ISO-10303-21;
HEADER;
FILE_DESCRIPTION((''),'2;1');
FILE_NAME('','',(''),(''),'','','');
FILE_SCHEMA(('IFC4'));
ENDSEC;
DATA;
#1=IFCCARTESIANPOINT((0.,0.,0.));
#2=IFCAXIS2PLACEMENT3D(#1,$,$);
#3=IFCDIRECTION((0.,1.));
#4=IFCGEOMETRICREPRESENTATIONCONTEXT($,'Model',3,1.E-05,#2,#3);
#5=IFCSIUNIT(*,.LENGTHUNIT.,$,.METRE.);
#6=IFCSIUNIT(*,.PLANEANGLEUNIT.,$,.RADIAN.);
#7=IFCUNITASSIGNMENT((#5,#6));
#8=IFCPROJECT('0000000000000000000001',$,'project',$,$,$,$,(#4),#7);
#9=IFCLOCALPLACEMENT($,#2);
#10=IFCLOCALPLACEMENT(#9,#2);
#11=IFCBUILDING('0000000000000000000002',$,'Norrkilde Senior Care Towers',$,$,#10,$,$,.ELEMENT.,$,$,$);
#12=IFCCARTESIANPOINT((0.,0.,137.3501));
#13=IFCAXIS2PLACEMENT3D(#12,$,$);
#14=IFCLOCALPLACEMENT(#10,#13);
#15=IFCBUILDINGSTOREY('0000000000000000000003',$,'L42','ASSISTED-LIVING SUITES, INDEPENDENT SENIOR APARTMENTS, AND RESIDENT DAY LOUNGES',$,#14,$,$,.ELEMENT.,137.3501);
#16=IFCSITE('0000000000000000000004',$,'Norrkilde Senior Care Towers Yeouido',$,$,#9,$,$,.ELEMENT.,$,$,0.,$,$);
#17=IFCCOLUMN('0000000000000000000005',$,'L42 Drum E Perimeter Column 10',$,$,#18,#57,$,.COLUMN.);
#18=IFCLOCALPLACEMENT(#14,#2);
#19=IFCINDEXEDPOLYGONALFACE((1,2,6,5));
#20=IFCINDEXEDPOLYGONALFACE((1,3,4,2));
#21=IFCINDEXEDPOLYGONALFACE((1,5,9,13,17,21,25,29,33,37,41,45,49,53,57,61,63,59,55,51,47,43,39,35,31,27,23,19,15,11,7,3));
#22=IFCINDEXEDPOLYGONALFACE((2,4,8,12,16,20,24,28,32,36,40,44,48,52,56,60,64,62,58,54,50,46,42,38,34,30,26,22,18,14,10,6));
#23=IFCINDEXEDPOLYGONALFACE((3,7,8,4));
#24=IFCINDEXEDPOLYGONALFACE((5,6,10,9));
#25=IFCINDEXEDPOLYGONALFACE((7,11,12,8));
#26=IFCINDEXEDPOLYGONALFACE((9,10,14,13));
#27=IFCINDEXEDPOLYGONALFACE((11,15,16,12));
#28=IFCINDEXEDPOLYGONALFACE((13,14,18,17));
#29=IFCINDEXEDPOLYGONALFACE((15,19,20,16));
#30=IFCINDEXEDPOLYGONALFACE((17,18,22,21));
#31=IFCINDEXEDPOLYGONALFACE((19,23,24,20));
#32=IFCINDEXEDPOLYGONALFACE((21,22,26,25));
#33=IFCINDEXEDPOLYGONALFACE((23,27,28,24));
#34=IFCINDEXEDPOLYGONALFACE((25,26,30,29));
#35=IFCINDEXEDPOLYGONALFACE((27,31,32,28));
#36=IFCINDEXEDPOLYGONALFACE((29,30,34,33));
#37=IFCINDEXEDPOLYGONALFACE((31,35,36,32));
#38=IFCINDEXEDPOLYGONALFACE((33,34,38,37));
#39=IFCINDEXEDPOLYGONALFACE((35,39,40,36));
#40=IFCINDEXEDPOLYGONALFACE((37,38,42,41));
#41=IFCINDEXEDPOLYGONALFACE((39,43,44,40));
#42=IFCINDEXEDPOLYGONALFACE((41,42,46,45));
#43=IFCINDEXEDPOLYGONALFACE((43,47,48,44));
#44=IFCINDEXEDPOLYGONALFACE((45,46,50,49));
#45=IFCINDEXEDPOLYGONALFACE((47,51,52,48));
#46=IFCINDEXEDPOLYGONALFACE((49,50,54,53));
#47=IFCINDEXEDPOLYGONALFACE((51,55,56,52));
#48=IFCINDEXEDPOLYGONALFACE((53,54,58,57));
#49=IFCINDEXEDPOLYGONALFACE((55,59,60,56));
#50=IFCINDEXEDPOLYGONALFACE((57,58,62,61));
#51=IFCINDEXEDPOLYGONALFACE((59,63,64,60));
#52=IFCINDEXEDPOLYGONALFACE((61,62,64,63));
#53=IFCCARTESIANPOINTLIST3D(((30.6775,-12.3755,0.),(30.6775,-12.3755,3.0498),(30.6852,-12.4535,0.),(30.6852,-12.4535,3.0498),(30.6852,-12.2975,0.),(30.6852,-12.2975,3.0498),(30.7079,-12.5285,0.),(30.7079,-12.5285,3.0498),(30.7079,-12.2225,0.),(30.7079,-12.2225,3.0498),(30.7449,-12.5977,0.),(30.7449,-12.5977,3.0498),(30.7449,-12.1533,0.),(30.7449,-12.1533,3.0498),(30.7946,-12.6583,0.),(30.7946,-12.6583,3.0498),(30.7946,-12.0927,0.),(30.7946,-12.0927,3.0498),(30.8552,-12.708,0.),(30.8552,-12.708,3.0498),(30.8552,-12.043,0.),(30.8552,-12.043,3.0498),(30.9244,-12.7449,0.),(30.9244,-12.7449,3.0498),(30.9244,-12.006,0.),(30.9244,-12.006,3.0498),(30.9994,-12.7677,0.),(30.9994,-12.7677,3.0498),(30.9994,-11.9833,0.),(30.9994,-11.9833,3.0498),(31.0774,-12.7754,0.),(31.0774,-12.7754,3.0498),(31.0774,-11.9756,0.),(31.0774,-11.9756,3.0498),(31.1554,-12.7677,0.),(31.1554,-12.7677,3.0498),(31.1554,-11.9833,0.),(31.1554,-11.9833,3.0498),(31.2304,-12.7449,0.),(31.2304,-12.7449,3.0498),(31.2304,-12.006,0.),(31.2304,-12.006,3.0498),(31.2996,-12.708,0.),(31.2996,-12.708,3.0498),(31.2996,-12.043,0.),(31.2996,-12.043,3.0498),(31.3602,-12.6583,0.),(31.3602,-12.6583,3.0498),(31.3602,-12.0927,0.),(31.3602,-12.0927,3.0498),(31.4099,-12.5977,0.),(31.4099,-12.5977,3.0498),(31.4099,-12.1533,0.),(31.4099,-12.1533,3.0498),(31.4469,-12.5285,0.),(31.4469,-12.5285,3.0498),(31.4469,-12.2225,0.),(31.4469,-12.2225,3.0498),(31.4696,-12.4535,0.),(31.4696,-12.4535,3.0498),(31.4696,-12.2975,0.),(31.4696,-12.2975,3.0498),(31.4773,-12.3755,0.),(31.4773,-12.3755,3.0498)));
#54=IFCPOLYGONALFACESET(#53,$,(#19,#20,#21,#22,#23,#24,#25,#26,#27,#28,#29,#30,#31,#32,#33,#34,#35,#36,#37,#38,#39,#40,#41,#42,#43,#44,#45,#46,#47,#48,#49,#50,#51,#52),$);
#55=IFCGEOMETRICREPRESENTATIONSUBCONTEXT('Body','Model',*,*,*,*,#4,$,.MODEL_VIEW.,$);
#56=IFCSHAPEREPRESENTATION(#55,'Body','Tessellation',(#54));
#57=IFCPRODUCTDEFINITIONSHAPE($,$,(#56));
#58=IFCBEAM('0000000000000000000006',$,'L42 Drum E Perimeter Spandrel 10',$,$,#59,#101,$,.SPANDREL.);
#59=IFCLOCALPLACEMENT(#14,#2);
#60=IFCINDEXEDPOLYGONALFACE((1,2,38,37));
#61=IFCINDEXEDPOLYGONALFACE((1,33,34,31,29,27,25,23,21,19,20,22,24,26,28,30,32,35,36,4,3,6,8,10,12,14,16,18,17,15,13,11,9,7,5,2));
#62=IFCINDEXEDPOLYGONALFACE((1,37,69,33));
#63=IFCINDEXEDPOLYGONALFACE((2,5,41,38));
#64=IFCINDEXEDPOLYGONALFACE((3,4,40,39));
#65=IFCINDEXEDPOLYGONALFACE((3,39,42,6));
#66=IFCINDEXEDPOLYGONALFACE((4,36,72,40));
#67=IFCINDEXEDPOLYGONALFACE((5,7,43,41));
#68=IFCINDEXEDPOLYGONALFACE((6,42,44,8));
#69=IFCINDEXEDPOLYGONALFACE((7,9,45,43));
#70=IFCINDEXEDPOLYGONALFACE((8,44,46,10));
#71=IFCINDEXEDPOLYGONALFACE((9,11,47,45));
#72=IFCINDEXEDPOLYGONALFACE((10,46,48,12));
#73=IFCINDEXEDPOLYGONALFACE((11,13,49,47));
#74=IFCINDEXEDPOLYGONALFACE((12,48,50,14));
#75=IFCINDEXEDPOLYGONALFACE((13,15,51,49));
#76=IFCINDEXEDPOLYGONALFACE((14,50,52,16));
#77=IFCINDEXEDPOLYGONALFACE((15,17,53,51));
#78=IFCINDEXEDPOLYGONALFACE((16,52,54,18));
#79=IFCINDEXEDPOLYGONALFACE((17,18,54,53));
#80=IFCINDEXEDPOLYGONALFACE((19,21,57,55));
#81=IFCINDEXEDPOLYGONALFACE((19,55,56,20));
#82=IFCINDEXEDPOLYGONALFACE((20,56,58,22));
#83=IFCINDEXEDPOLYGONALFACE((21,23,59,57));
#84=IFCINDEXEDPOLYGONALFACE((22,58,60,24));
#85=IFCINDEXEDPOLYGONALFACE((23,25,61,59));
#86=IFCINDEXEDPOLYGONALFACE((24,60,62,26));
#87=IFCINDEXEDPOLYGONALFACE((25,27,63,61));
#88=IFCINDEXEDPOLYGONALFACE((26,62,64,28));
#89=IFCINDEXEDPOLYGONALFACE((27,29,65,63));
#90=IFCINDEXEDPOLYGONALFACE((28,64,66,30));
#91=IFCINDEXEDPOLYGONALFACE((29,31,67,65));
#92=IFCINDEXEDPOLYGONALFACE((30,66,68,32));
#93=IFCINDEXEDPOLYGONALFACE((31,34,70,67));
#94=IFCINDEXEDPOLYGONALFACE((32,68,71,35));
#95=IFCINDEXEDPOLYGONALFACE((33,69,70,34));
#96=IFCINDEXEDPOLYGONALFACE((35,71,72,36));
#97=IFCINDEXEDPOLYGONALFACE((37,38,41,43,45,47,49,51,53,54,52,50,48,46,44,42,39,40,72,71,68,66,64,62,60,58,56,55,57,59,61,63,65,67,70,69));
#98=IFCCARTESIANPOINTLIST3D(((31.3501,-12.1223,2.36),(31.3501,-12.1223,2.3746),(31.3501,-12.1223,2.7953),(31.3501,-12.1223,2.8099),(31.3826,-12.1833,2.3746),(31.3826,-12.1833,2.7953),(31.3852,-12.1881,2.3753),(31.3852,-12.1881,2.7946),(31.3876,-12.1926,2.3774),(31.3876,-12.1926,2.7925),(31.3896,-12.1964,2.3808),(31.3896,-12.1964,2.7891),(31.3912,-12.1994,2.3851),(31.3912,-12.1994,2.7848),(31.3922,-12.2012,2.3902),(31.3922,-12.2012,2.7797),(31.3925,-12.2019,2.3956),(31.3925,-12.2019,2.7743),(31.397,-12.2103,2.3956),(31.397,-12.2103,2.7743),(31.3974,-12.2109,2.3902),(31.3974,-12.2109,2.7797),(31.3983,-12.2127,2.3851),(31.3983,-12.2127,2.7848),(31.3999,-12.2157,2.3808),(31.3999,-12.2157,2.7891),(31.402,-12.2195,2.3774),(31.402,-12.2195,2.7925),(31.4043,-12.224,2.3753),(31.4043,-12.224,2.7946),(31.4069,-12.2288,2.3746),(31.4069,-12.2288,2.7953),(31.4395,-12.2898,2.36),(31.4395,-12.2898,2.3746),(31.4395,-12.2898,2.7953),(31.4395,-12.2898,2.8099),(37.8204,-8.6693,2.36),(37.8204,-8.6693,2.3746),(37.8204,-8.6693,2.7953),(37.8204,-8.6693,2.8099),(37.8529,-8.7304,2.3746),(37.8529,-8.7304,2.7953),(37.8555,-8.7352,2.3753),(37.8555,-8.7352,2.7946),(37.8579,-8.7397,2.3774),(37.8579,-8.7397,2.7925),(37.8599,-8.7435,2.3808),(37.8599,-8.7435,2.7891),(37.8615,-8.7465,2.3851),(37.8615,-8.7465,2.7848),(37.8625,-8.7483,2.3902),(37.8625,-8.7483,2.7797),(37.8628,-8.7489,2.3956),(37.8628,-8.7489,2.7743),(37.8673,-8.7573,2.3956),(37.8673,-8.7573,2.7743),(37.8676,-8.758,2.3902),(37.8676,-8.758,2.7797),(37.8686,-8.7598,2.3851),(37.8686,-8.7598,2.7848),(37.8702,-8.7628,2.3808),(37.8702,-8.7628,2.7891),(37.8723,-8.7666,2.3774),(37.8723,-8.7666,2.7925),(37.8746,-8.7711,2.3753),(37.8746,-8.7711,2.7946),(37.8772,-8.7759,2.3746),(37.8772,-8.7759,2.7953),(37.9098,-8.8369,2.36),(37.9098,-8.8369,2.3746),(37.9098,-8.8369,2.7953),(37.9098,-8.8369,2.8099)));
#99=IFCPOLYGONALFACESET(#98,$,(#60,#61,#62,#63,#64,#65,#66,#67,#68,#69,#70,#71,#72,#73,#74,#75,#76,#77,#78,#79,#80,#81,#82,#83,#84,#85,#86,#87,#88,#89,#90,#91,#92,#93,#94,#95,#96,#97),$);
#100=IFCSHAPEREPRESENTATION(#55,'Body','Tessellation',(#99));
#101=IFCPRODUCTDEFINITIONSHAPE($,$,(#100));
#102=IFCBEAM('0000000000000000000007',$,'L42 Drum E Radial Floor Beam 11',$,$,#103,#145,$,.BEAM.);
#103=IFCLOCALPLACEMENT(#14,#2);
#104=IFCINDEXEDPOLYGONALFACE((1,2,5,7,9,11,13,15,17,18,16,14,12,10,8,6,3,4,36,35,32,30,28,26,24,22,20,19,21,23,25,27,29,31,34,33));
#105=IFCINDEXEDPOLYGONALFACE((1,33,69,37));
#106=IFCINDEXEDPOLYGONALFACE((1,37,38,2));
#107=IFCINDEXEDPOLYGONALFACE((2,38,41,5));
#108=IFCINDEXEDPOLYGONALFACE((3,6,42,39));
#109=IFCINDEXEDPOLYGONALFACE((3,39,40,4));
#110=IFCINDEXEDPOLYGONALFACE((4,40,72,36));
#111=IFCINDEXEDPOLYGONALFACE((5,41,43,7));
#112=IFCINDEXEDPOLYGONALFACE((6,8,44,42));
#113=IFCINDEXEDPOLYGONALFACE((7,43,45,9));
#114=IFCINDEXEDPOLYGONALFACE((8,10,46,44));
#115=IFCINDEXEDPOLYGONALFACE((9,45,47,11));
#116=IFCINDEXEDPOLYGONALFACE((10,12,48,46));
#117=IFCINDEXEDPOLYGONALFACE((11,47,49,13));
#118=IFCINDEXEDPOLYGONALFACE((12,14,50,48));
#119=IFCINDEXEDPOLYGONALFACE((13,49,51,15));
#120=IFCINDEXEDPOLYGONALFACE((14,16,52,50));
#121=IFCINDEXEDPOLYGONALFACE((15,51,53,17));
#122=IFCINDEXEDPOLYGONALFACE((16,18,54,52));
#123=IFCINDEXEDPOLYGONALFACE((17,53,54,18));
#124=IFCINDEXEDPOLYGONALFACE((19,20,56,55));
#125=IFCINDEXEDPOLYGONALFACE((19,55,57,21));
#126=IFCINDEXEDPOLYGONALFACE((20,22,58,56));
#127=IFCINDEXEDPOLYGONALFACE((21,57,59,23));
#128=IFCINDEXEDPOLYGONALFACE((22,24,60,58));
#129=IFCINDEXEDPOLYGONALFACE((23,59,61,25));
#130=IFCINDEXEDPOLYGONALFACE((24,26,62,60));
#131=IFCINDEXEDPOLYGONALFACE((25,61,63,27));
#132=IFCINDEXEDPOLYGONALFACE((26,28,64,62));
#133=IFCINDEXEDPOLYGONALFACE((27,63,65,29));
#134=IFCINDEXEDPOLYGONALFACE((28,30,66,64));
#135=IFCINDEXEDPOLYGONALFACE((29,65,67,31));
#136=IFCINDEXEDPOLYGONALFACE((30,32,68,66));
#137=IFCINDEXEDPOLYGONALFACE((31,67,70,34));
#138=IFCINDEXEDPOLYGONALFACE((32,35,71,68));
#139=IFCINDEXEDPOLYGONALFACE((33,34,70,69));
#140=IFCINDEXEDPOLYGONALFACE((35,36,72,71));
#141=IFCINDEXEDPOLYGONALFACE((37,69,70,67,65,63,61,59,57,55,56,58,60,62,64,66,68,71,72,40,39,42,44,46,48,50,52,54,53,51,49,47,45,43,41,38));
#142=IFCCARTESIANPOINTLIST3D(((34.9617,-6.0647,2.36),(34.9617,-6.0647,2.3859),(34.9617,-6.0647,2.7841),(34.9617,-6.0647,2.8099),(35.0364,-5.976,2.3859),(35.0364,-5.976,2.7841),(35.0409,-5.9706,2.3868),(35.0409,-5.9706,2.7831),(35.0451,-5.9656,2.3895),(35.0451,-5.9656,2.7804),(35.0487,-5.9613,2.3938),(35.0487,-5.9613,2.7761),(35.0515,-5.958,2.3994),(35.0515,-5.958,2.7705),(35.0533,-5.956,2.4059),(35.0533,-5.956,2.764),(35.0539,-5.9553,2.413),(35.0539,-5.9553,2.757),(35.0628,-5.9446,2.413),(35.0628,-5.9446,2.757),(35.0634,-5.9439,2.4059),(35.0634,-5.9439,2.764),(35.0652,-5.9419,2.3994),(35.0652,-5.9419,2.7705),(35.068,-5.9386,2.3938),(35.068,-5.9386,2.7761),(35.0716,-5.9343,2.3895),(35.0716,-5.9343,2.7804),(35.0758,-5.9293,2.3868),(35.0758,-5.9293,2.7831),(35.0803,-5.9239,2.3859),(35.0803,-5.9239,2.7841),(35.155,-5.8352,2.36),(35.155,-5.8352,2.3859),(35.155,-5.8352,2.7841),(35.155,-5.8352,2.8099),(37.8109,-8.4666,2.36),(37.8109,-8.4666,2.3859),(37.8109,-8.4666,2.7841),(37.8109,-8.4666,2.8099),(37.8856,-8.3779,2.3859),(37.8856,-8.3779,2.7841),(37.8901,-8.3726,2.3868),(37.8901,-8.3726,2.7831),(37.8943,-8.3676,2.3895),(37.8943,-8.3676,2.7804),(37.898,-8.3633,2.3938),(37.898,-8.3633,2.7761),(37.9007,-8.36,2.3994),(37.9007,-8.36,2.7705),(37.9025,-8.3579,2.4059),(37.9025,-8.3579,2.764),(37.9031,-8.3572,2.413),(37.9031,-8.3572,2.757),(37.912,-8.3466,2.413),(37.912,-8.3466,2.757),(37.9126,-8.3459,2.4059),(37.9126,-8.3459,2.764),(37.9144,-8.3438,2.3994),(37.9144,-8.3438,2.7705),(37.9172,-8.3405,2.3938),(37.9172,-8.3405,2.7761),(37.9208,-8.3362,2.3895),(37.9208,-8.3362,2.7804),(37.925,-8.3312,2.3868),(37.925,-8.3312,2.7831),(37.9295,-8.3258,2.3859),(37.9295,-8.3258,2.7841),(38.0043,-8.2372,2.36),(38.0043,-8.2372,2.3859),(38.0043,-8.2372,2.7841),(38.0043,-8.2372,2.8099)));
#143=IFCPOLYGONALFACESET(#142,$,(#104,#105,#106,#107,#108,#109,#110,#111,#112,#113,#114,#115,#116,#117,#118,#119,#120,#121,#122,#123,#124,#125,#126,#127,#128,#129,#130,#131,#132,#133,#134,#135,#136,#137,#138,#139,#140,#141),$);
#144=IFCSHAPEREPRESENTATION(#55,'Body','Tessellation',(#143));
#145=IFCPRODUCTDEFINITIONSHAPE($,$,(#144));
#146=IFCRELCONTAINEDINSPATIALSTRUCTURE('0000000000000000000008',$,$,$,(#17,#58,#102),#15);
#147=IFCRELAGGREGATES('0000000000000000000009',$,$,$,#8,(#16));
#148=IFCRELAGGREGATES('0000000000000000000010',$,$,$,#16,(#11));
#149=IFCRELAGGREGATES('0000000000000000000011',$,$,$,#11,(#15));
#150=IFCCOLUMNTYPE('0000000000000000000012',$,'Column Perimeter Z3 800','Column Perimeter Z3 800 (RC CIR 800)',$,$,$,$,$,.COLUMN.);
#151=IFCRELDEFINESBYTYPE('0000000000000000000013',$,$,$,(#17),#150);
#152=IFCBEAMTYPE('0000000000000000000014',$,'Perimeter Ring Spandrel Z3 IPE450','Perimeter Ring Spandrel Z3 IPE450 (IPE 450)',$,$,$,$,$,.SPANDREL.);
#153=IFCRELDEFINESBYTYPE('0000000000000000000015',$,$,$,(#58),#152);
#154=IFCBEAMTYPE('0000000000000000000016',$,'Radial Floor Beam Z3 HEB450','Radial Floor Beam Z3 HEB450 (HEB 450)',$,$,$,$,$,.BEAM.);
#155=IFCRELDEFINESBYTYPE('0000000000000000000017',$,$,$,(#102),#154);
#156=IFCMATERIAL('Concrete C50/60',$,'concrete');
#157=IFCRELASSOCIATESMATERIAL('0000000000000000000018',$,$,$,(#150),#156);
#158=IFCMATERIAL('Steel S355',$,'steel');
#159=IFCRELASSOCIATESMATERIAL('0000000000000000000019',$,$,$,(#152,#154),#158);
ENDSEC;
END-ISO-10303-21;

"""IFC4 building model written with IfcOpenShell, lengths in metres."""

from ifc_helpers import new_model, si_unit, direction, frame, origin, origin_2d, place, context, subcontext, project, spatial, circle, i_section, extrude, source, transform, mapped, material, material_profile, profile_set, type_object, type_shapes, element, save


model = new_model("IFC4")

# Units and contexts
model_context = context("Model", 3, precision=1e-05, world=origin(), true_north=direction((0.0, 1.0)))
body_context = subcontext(model_context, "Body", "Model", "MODEL_VIEW")
ifc_project = project(units=[si_unit("LENGTHUNIT", "METRE"), si_unit("PLANEANGLEUNIT", "RADIAN")], contexts=[model_context])

# Site, building, storey
site_placement = place(None, origin())
site = spatial("IfcSite", under=ifc_project, at=site_placement, Name="Norrkilde Senior Care Towers Yeouido", CompositionType="ELEMENT", RefElevation=0.0)
building_placement = place(site_placement, origin())
building = spatial("IfcBuilding", under=site, at=building_placement, Name="Norrkilde Senior Care Towers", CompositionType="ELEMENT")
storey_placement = place(building_placement, frame((0.0, 0.0, 137.3501)))
storey = spatial("IfcBuildingStorey", under=building, at=storey_placement, Name="L42", Description="ASSISTED-LIVING SUITES, INDEPENDENT SENIOR APARTMENTS, AND RESIDENT DAY LOUNGES", CompositionType="ELEMENT", Elevation=137.3501)

# Column
ifc_material_1 = material(Name="Concrete C50/60", Category="concrete")
ifc_material_profile_1 = material_profile(ifc_material_1, circle(Radius=0.3999, at=origin_2d()), Name="RC CIR 800")
ifc_profile_set_1 = profile_set([ifc_material_profile_1], Name="Concrete C50/60")
column_type = type_object("IfcColumnType", Name="Column Perimeter Z3 800", Description="Column Perimeter Z3 800 (RC CIR 800)", PredefinedType="COLUMN", material=ifc_profile_set_1)
shared_shape_1 = source(origin(), body_context, "Body", "SweptSolid", [
    extrude(circle(Radius=0.3999, at=origin_2d()), origin(), (0.0, 0.0, 1.0), 3.0498),
])
type_shapes(column_type, [shared_shape_1])
column_placement = place(storey_placement, frame((31.0774, -12.3755, 0.0), z_axis=(0.0, 0.0, 1.0), x_axis=(1.0, 0.0, 0.0)))
element("IfcColumn", 1, at=column_placement, inside=storey, type_object=column_type, Name="L42 Drum E Perimeter Column 10", PredefinedType="COLUMN", context=body_context, shape_type="MappedRepresentation", body=[
    mapped(shared_shape_1, transform((0.0, 0.0, 0.0), x_axis=(1.0, 0.0, 0.0), y_axis=(0.0, 1.0, 0.0), z_axis=(0.0, 0.0, 1.0), scale=1.0)),
])

# Beams
ifc_material_2 = material(Name="Steel S355", Category="steel")
ifc_material_profile_2 = material_profile(ifc_material_2, i_section(OverallWidth=0.1899, OverallDepth=0.45, WebThickness=0.0095, FlangeThickness=0.0146, FilletRadius=0.021, at=origin_2d()), Name="IPE 450")
ifc_profile_set_2 = profile_set([ifc_material_profile_2], Name="Steel S355")
beam_type_1 = type_object("IfcBeamType", Name="Perimeter Ring Spandrel Z3 IPE450", Description="Perimeter Ring Spandrel Z3 IPE450 (IPE 450)", PredefinedType="SPANDREL", material=ifc_profile_set_2)
shared_shape_2 = source(origin(), body_context, "Body", "SweptSolid", [
    extrude(i_section(OverallWidth=0.1899, OverallDepth=0.45, WebThickness=0.0095, FlangeThickness=0.0146, FilletRadius=0.021, at=origin_2d()), origin(), (0.0, 0.0, 1.0), 7.334),
])
type_shapes(beam_type_1, [shared_shape_2])
beam_1_placement = place(storey_placement, frame((31.3948, -12.2061, 2.585), z_axis=(0.882234, 0.470811, 0.0), x_axis=(-0.470811, 0.882234, 0.0)))
element("IfcBeam", 2, at=beam_1_placement, inside=storey, type_object=beam_type_1, Name="L42 Drum E Perimeter Spandrel 10", PredefinedType="SPANDREL", context=body_context, shape_type="MappedRepresentation", body=[
    mapped(shared_shape_2, transform((0.0, 0.0, 0.0), x_axis=(1.0, 0.0, 0.0), y_axis=(0.0, 1.0, 0.0), z_axis=(0.0, 0.0, 1.0), scale=1.0)),
])
ifc_material_profile_3 = material_profile(ifc_material_2, i_section(OverallWidth=0.3, OverallDepth=0.45, WebThickness=0.0139, FlangeThickness=0.0259, FilletRadius=0.0271, at=origin_2d()), Name="HEB 450")
ifc_profile_set_3 = profile_set([ifc_material_profile_3], Name="Steel S355")
beam_type_2 = type_object("IfcBeamType", Name="Radial Floor Beam Z3 HEB450", Description="Radial Floor Beam Z3 HEB450 (HEB 450)", PredefinedType="BEAM", material=ifc_profile_set_3)
shared_shape_3 = source(origin(), body_context, "Body", "SweptSolid", [
    extrude(i_section(OverallWidth=0.3, OverallDepth=0.45, WebThickness=0.0139, FlangeThickness=0.0259, FilletRadius=0.0271, at=origin_2d()), origin(), (0.0, 0.0, 1.0), 3.7266),
])
beam_2_placement = place(storey_placement, frame((35.0583, -5.95, 2.585), z_axis=(0.764568, -0.644543, 0.0), x_axis=(0.644543, 0.764568, 0.0)))
element("IfcBeam", 3, at=beam_2_placement, inside=storey, type_object=beam_type_2, Name="L42 Drum E Radial Floor Beam 11", PredefinedType="BEAM", context=body_context, shape_type="MappedRepresentation", body=[
    mapped(shared_shape_3, transform((0.0, 0.0, 0.0), x_axis=(1.0, 0.0, 0.0), y_axis=(0.0, 1.0, 0.0), z_axis=(0.0, 0.0, 1.0), scale=1.0)),
])

save(model, "model.ifc")
